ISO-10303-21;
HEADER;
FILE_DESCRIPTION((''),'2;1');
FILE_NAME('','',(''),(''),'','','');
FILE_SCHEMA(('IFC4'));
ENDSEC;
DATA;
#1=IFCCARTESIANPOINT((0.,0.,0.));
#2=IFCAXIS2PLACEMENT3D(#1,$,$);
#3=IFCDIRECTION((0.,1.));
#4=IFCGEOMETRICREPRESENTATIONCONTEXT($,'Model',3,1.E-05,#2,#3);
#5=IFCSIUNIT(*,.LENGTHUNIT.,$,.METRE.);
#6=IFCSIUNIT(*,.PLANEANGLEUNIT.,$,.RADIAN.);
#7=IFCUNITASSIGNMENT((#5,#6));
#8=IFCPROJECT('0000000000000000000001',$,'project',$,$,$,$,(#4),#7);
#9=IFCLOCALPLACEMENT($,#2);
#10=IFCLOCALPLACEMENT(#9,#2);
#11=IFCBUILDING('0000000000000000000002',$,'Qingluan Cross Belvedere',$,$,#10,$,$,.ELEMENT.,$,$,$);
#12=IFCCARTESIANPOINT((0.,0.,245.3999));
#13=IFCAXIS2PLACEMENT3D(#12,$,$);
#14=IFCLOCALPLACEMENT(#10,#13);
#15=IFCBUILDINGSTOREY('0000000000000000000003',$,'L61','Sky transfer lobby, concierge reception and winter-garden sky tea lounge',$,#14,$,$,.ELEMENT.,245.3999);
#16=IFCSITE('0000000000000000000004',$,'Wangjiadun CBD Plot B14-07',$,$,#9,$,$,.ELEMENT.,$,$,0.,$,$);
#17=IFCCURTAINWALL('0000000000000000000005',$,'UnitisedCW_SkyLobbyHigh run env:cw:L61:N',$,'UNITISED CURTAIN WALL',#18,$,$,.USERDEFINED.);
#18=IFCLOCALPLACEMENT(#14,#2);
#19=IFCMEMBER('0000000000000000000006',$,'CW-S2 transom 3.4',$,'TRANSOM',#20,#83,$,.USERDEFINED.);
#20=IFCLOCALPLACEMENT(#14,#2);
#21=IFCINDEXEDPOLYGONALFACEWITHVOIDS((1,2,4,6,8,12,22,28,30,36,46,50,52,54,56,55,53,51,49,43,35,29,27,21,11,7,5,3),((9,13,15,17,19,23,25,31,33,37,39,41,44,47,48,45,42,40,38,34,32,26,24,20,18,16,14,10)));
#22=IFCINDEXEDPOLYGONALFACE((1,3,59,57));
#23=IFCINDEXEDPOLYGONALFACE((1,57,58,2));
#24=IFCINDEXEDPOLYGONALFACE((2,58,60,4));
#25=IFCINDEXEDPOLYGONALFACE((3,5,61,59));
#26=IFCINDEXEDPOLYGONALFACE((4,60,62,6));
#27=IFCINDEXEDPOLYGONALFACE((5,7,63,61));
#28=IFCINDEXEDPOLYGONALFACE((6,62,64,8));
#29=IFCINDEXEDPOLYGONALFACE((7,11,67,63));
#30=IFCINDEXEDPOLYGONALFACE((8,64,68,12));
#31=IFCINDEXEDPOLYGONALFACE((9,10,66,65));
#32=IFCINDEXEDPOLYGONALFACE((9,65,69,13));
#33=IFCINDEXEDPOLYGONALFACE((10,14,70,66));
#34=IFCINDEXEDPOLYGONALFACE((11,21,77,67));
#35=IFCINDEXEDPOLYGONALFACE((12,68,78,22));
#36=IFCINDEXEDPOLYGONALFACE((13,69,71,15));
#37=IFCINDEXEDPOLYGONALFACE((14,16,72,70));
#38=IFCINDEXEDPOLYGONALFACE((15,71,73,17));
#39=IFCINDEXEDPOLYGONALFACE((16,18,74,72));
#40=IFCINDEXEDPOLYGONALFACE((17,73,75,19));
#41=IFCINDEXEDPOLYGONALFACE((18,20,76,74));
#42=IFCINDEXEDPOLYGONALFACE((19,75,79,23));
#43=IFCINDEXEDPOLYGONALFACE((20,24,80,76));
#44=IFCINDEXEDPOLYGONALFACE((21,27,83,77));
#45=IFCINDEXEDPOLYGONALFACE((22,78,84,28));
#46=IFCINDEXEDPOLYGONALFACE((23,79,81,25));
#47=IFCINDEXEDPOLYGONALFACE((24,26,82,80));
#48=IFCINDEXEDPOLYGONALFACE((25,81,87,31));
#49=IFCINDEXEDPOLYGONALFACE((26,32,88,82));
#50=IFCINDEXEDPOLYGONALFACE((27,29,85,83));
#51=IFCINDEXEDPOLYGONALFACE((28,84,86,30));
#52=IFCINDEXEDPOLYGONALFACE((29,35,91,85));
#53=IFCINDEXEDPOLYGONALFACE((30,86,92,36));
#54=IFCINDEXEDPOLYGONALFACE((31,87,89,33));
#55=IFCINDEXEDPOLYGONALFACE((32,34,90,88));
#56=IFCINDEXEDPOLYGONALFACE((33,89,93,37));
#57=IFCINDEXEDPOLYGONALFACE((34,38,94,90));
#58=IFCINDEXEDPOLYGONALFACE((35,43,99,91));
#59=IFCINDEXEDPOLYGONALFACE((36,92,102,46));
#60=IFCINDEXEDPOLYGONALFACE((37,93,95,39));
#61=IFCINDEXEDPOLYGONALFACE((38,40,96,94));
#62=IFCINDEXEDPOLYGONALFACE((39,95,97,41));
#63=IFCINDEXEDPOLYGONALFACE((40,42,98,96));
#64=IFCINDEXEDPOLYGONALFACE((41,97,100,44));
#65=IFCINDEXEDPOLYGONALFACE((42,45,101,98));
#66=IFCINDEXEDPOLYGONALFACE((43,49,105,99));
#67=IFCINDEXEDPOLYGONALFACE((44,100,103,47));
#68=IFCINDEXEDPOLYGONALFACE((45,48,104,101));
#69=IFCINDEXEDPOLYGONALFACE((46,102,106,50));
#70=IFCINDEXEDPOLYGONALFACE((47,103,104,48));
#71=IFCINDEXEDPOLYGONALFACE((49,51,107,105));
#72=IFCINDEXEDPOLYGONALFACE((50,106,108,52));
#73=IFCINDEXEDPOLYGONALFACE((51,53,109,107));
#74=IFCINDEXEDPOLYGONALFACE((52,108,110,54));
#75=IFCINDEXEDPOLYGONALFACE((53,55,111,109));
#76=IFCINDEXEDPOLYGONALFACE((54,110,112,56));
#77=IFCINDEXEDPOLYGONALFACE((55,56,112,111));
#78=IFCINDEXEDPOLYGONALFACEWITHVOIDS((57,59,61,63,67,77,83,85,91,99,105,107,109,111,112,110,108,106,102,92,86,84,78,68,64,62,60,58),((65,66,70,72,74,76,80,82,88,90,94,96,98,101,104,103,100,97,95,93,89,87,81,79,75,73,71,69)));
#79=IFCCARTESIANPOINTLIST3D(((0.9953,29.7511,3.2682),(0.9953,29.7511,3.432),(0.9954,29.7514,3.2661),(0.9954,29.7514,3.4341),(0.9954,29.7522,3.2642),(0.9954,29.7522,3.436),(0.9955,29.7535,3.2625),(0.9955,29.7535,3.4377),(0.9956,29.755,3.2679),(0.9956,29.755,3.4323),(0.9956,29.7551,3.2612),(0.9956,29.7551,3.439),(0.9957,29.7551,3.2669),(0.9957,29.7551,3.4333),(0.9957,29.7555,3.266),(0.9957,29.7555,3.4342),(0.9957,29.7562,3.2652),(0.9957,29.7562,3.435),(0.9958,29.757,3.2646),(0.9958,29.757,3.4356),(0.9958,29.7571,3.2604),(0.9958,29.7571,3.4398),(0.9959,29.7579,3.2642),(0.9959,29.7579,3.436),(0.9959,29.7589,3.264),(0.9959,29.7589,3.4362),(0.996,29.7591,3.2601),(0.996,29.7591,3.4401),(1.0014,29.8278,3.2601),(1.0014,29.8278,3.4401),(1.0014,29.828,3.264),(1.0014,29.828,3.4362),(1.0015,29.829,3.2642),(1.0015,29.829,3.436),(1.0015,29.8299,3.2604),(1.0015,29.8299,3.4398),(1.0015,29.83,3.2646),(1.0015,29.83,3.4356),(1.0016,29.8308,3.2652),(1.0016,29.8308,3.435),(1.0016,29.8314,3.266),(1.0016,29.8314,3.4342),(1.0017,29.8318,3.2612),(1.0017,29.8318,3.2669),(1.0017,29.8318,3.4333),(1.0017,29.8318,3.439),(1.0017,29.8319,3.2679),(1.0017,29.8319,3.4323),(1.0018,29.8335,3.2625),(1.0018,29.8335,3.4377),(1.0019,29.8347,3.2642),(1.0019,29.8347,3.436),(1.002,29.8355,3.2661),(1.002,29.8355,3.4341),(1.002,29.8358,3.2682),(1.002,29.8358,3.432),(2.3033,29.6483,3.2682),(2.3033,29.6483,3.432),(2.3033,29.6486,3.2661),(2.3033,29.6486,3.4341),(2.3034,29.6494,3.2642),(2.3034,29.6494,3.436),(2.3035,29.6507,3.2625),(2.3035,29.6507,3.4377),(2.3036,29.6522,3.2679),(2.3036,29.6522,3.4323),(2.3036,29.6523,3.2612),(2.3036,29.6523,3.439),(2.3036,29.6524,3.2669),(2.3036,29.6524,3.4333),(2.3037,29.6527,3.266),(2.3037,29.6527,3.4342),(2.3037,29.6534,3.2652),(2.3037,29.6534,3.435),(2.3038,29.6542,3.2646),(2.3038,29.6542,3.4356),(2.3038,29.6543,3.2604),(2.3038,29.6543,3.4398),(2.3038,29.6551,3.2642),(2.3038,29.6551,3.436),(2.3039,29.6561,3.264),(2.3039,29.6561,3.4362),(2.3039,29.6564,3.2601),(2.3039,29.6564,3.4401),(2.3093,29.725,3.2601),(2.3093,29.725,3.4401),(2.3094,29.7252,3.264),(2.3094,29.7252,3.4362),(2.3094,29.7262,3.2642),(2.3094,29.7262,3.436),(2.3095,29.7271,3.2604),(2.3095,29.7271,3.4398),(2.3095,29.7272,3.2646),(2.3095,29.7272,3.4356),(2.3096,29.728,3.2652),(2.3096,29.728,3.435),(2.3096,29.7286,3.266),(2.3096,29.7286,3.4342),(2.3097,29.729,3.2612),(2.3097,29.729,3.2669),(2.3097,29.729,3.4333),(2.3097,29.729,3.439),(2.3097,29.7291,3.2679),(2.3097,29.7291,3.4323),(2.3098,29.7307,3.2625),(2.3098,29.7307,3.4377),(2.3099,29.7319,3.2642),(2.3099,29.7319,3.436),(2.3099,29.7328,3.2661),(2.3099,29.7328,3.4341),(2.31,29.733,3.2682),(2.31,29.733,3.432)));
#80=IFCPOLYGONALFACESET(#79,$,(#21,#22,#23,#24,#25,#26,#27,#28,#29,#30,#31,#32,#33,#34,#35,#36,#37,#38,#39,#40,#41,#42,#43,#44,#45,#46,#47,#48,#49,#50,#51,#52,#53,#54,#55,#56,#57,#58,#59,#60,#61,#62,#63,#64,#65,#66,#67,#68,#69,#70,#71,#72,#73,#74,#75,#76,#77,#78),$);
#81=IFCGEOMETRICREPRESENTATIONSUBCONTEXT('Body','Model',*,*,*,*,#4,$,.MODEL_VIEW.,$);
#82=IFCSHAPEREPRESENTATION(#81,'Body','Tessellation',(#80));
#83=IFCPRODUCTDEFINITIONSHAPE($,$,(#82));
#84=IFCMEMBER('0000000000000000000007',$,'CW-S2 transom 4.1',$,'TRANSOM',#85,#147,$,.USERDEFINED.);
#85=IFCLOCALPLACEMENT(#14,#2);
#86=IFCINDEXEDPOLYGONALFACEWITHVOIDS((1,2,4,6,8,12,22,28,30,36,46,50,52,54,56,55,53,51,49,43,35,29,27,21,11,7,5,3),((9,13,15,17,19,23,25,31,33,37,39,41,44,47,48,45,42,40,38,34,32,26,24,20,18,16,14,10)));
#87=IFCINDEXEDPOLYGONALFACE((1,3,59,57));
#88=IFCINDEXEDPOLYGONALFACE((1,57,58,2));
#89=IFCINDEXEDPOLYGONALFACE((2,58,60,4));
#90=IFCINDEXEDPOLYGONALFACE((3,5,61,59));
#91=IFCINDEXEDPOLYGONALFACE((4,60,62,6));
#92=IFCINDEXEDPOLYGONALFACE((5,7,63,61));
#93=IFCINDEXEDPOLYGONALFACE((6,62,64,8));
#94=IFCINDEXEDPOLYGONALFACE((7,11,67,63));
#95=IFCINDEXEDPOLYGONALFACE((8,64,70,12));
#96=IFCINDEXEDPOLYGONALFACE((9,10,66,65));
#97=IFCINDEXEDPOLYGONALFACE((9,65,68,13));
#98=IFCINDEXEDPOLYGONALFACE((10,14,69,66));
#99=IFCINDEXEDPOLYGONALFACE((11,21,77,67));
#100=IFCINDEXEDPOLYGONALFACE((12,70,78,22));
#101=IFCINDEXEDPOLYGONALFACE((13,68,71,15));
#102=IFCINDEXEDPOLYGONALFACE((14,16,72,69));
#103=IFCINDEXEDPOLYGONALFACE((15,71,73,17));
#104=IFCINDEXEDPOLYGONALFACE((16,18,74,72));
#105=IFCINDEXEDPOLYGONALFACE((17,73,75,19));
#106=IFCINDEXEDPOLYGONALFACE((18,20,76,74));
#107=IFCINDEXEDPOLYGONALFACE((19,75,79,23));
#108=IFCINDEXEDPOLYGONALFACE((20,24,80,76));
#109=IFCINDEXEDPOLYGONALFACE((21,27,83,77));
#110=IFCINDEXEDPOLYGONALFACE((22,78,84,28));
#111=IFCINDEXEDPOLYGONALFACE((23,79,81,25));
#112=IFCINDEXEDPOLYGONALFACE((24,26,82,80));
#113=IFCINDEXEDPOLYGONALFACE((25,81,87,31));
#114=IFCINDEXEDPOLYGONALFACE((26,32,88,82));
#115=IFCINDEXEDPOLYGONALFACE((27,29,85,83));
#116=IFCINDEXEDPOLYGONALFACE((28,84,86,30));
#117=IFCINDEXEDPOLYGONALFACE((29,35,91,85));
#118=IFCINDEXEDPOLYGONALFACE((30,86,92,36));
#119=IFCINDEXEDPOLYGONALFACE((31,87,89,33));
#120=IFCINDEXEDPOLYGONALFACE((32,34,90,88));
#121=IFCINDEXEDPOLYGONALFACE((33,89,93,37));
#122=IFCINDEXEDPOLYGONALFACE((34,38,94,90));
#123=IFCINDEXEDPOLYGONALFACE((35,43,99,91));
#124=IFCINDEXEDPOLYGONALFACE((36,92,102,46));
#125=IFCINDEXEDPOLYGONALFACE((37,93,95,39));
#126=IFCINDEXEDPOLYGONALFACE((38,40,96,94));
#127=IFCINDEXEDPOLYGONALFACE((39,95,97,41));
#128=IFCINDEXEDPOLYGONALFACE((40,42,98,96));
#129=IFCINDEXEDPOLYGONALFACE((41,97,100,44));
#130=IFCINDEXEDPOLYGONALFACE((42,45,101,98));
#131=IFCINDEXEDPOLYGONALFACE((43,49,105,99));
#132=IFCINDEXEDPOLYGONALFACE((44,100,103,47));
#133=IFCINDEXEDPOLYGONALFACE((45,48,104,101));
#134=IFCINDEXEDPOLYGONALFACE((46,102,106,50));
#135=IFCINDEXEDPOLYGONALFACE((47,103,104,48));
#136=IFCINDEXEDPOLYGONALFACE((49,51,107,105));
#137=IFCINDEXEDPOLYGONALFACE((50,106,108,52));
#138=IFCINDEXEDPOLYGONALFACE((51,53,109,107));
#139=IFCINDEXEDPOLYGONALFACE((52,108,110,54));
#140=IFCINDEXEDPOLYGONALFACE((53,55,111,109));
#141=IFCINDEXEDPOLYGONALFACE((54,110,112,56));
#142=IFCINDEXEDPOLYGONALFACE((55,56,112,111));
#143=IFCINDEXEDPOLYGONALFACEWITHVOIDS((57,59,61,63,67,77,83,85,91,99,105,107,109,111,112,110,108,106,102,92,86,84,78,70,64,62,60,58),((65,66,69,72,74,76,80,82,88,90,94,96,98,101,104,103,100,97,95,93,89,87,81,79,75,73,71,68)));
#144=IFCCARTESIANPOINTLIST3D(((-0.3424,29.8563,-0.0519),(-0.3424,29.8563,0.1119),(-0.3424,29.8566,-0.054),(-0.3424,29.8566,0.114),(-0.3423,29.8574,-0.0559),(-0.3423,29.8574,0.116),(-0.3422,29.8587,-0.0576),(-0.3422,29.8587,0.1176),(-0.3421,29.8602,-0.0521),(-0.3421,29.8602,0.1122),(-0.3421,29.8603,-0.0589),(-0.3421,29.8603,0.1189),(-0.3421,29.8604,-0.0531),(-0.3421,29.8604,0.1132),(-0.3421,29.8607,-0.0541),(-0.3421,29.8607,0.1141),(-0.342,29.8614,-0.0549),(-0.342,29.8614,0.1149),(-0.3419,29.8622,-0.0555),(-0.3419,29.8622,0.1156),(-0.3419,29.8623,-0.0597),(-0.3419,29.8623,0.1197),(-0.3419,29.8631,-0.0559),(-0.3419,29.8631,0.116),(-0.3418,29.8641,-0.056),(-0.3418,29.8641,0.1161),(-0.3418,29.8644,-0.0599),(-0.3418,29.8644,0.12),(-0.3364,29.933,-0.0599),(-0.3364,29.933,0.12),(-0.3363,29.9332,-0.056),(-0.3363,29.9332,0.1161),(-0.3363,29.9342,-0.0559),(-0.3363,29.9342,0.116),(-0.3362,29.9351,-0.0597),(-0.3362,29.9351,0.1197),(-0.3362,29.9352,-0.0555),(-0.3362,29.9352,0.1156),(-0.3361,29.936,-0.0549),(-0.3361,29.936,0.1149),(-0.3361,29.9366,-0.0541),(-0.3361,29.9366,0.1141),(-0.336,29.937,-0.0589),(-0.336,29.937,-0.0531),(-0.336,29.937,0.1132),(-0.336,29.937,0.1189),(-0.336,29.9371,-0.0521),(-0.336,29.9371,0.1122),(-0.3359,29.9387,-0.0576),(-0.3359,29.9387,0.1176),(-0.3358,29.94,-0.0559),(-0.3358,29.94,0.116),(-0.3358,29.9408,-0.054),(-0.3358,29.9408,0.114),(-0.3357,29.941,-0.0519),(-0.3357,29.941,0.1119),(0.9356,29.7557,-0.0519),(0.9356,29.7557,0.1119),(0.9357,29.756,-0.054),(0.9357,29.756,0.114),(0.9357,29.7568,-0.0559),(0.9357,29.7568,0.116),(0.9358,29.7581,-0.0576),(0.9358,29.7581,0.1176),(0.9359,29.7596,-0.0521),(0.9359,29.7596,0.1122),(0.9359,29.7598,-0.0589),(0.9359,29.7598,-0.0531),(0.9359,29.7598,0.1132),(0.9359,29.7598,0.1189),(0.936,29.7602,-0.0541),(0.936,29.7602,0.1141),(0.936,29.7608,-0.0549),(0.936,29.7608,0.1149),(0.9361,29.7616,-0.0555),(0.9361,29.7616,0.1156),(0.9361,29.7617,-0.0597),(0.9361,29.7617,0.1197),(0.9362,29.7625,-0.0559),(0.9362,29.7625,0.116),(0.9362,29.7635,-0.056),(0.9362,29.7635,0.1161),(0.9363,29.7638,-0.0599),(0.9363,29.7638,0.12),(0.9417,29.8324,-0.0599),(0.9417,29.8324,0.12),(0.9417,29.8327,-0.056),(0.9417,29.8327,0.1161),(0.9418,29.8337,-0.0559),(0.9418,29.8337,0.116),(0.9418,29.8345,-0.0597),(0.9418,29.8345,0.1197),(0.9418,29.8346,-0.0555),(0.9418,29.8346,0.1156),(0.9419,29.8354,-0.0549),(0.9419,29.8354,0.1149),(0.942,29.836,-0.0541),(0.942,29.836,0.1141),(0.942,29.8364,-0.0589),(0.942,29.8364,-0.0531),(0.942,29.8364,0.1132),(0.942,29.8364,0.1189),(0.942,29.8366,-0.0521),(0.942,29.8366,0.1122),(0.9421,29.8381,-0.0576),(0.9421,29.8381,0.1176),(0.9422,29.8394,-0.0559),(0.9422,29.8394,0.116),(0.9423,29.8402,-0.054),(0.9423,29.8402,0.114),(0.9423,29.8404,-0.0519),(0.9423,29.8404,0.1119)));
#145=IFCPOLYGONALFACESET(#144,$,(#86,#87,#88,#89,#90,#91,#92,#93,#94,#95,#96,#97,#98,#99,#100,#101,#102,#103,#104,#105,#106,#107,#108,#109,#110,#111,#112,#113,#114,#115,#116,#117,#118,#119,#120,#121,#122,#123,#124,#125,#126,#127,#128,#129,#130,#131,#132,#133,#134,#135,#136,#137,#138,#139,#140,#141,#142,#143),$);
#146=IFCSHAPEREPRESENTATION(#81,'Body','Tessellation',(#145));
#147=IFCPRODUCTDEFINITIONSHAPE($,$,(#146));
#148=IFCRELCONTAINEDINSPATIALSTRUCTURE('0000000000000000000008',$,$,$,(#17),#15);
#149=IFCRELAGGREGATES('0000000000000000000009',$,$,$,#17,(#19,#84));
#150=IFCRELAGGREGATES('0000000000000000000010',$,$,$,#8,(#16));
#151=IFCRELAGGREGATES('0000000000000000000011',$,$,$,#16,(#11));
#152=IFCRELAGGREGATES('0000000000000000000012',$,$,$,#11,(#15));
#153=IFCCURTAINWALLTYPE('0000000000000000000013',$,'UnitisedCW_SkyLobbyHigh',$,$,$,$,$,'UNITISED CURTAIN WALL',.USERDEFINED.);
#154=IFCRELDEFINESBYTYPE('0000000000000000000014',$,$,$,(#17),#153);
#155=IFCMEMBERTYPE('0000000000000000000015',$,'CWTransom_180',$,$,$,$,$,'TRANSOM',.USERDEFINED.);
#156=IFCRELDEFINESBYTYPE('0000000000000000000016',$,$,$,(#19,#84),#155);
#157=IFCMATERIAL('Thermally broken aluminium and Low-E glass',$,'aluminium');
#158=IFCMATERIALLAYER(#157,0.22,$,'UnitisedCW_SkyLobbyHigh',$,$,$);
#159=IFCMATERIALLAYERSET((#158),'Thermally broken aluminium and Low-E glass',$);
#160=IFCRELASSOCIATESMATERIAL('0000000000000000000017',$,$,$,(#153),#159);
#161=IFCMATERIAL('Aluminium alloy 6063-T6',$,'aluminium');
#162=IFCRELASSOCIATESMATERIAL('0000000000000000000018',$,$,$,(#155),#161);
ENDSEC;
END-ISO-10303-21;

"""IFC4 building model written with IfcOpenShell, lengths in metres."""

from ifc_helpers import new_model, si_unit, direction, frame, origin, origin_2d, place, context, subcontext, project, spatial, hollow_rectangle, extrude, material, layer, layer_set, material_profile, profile_set, type_object, element, aggregate, save


model = new_model("IFC4")

# Units and contexts
model_context = context("Model", 3, precision=1e-05, world=origin(), true_north=direction((0.0, 1.0)))
body_context = subcontext(model_context, "Body", "Model", "MODEL_VIEW")
ifc_project = project(units=[si_unit("LENGTHUNIT", "METRE"), si_unit("PLANEANGLEUNIT", "RADIAN")], contexts=[model_context])

# Site, building, storey
site_placement = place(None, origin())
site = spatial("IfcSite", under=ifc_project, at=site_placement, Name="Wangjiadun CBD Plot B14-07", CompositionType="ELEMENT", RefElevation=0.0)
building_placement = place(site_placement, origin())
building = spatial("IfcBuilding", under=site, at=building_placement, Name="Qingluan Cross Belvedere", CompositionType="ELEMENT")
storey_placement = place(building_placement, frame((0.0, 0.0, 245.3999)))
storey = spatial("IfcBuildingStorey", under=building, at=storey_placement, Name="L61", Description="Sky transfer lobby, concierge reception and winter-garden sky tea lounge", CompositionType="ELEMENT", Elevation=245.3999)

# Curtain wall, members
ifc_material_1 = material(Name="Thermally broken aluminium and Low-E glass", Category="aluminium")
ifc_layer_1 = layer(ifc_material_1, 0.22, Name="UnitisedCW_SkyLobbyHigh")
ifc_layer_set_1 = layer_set([ifc_layer_1], Name="Thermally broken aluminium and Low-E glass")
curtain_wall_type = type_object("IfcCurtainWallType", Name="UnitisedCW_SkyLobbyHigh", ElementType="UNITISED CURTAIN WALL", PredefinedType="USERDEFINED", material=ifc_layer_set_1)
curtain_wall_placement = place(storey_placement, origin())
curtain_wall = element("IfcCurtainWall", 1, at=curtain_wall_placement, inside=storey, type_object=curtain_wall_type, Name="UnitisedCW_SkyLobbyHigh run env:cw:L61:N", ObjectType="UNITISED CURTAIN WALL", PredefinedType="USERDEFINED")
ifc_material_2 = material(Name="Aluminium alloy 6063-T6", Category="aluminium")
ifc_material_profile_1 = material_profile(ifc_material_2, hollow_rectangle(XDim=0.085, YDim=0.1799, WallThickness=0.0039, InnerFilletRadius=0.0039, OuterFilletRadius=0.0081, at=origin_2d()), Name="CWT180x85x4")
ifc_profile_set_1 = profile_set([ifc_material_profile_1], Name="Aluminium alloy 6063-T6")
member_type_1 = type_object("IfcMemberType", Name="CWTransom_180", ElementType="TRANSOM", PredefinedType="USERDEFINED", material=ifc_profile_set_1)
member_1_placement = place(storey_placement, frame((2.3066, 29.6907, 3.3501), z_axis=(-0.996926, 0.078347, 0.0), x_axis=(-0.078347, -0.996926, 0.0)))
member_1 = element("IfcMember", 2, at=member_1_placement, type_object=member_type_1, Name="CW-S2 transom 3.4", ObjectType="TRANSOM", PredefinedType="USERDEFINED", context=body_context, shape_type="SweptSolid", body=[
    extrude(hollow_rectangle(XDim=0.085, YDim=0.1799, WallThickness=0.0039, InnerFilletRadius=0.0039, OuterFilletRadius=0.0081, at=origin_2d()), origin(), (0.0, 0.0, 1.0), 1.312),
])
member_2_placement = place(storey_placement, frame((0.939, 29.7981, 0.03), z_axis=(-0.996917, 0.078458, 0.0), x_axis=(-0.078458, -0.996917, 0.0)))
member_2 = element("IfcMember", 3, at=member_2_placement, type_object=member_type_1, Name="CW-S2 transom 4.1", ObjectType="TRANSOM", PredefinedType="USERDEFINED", context=body_context, shape_type="SweptSolid", body=[
    extrude(hollow_rectangle(XDim=0.085, YDim=0.1799, WallThickness=0.0039, InnerFilletRadius=0.0039, OuterFilletRadius=0.0081, at=origin_2d()), origin(), (0.0, 0.0, 1.0), 1.282),
])
aggregate(curtain_wall, [member_1, member_2])

save(model, "model.ifc")
